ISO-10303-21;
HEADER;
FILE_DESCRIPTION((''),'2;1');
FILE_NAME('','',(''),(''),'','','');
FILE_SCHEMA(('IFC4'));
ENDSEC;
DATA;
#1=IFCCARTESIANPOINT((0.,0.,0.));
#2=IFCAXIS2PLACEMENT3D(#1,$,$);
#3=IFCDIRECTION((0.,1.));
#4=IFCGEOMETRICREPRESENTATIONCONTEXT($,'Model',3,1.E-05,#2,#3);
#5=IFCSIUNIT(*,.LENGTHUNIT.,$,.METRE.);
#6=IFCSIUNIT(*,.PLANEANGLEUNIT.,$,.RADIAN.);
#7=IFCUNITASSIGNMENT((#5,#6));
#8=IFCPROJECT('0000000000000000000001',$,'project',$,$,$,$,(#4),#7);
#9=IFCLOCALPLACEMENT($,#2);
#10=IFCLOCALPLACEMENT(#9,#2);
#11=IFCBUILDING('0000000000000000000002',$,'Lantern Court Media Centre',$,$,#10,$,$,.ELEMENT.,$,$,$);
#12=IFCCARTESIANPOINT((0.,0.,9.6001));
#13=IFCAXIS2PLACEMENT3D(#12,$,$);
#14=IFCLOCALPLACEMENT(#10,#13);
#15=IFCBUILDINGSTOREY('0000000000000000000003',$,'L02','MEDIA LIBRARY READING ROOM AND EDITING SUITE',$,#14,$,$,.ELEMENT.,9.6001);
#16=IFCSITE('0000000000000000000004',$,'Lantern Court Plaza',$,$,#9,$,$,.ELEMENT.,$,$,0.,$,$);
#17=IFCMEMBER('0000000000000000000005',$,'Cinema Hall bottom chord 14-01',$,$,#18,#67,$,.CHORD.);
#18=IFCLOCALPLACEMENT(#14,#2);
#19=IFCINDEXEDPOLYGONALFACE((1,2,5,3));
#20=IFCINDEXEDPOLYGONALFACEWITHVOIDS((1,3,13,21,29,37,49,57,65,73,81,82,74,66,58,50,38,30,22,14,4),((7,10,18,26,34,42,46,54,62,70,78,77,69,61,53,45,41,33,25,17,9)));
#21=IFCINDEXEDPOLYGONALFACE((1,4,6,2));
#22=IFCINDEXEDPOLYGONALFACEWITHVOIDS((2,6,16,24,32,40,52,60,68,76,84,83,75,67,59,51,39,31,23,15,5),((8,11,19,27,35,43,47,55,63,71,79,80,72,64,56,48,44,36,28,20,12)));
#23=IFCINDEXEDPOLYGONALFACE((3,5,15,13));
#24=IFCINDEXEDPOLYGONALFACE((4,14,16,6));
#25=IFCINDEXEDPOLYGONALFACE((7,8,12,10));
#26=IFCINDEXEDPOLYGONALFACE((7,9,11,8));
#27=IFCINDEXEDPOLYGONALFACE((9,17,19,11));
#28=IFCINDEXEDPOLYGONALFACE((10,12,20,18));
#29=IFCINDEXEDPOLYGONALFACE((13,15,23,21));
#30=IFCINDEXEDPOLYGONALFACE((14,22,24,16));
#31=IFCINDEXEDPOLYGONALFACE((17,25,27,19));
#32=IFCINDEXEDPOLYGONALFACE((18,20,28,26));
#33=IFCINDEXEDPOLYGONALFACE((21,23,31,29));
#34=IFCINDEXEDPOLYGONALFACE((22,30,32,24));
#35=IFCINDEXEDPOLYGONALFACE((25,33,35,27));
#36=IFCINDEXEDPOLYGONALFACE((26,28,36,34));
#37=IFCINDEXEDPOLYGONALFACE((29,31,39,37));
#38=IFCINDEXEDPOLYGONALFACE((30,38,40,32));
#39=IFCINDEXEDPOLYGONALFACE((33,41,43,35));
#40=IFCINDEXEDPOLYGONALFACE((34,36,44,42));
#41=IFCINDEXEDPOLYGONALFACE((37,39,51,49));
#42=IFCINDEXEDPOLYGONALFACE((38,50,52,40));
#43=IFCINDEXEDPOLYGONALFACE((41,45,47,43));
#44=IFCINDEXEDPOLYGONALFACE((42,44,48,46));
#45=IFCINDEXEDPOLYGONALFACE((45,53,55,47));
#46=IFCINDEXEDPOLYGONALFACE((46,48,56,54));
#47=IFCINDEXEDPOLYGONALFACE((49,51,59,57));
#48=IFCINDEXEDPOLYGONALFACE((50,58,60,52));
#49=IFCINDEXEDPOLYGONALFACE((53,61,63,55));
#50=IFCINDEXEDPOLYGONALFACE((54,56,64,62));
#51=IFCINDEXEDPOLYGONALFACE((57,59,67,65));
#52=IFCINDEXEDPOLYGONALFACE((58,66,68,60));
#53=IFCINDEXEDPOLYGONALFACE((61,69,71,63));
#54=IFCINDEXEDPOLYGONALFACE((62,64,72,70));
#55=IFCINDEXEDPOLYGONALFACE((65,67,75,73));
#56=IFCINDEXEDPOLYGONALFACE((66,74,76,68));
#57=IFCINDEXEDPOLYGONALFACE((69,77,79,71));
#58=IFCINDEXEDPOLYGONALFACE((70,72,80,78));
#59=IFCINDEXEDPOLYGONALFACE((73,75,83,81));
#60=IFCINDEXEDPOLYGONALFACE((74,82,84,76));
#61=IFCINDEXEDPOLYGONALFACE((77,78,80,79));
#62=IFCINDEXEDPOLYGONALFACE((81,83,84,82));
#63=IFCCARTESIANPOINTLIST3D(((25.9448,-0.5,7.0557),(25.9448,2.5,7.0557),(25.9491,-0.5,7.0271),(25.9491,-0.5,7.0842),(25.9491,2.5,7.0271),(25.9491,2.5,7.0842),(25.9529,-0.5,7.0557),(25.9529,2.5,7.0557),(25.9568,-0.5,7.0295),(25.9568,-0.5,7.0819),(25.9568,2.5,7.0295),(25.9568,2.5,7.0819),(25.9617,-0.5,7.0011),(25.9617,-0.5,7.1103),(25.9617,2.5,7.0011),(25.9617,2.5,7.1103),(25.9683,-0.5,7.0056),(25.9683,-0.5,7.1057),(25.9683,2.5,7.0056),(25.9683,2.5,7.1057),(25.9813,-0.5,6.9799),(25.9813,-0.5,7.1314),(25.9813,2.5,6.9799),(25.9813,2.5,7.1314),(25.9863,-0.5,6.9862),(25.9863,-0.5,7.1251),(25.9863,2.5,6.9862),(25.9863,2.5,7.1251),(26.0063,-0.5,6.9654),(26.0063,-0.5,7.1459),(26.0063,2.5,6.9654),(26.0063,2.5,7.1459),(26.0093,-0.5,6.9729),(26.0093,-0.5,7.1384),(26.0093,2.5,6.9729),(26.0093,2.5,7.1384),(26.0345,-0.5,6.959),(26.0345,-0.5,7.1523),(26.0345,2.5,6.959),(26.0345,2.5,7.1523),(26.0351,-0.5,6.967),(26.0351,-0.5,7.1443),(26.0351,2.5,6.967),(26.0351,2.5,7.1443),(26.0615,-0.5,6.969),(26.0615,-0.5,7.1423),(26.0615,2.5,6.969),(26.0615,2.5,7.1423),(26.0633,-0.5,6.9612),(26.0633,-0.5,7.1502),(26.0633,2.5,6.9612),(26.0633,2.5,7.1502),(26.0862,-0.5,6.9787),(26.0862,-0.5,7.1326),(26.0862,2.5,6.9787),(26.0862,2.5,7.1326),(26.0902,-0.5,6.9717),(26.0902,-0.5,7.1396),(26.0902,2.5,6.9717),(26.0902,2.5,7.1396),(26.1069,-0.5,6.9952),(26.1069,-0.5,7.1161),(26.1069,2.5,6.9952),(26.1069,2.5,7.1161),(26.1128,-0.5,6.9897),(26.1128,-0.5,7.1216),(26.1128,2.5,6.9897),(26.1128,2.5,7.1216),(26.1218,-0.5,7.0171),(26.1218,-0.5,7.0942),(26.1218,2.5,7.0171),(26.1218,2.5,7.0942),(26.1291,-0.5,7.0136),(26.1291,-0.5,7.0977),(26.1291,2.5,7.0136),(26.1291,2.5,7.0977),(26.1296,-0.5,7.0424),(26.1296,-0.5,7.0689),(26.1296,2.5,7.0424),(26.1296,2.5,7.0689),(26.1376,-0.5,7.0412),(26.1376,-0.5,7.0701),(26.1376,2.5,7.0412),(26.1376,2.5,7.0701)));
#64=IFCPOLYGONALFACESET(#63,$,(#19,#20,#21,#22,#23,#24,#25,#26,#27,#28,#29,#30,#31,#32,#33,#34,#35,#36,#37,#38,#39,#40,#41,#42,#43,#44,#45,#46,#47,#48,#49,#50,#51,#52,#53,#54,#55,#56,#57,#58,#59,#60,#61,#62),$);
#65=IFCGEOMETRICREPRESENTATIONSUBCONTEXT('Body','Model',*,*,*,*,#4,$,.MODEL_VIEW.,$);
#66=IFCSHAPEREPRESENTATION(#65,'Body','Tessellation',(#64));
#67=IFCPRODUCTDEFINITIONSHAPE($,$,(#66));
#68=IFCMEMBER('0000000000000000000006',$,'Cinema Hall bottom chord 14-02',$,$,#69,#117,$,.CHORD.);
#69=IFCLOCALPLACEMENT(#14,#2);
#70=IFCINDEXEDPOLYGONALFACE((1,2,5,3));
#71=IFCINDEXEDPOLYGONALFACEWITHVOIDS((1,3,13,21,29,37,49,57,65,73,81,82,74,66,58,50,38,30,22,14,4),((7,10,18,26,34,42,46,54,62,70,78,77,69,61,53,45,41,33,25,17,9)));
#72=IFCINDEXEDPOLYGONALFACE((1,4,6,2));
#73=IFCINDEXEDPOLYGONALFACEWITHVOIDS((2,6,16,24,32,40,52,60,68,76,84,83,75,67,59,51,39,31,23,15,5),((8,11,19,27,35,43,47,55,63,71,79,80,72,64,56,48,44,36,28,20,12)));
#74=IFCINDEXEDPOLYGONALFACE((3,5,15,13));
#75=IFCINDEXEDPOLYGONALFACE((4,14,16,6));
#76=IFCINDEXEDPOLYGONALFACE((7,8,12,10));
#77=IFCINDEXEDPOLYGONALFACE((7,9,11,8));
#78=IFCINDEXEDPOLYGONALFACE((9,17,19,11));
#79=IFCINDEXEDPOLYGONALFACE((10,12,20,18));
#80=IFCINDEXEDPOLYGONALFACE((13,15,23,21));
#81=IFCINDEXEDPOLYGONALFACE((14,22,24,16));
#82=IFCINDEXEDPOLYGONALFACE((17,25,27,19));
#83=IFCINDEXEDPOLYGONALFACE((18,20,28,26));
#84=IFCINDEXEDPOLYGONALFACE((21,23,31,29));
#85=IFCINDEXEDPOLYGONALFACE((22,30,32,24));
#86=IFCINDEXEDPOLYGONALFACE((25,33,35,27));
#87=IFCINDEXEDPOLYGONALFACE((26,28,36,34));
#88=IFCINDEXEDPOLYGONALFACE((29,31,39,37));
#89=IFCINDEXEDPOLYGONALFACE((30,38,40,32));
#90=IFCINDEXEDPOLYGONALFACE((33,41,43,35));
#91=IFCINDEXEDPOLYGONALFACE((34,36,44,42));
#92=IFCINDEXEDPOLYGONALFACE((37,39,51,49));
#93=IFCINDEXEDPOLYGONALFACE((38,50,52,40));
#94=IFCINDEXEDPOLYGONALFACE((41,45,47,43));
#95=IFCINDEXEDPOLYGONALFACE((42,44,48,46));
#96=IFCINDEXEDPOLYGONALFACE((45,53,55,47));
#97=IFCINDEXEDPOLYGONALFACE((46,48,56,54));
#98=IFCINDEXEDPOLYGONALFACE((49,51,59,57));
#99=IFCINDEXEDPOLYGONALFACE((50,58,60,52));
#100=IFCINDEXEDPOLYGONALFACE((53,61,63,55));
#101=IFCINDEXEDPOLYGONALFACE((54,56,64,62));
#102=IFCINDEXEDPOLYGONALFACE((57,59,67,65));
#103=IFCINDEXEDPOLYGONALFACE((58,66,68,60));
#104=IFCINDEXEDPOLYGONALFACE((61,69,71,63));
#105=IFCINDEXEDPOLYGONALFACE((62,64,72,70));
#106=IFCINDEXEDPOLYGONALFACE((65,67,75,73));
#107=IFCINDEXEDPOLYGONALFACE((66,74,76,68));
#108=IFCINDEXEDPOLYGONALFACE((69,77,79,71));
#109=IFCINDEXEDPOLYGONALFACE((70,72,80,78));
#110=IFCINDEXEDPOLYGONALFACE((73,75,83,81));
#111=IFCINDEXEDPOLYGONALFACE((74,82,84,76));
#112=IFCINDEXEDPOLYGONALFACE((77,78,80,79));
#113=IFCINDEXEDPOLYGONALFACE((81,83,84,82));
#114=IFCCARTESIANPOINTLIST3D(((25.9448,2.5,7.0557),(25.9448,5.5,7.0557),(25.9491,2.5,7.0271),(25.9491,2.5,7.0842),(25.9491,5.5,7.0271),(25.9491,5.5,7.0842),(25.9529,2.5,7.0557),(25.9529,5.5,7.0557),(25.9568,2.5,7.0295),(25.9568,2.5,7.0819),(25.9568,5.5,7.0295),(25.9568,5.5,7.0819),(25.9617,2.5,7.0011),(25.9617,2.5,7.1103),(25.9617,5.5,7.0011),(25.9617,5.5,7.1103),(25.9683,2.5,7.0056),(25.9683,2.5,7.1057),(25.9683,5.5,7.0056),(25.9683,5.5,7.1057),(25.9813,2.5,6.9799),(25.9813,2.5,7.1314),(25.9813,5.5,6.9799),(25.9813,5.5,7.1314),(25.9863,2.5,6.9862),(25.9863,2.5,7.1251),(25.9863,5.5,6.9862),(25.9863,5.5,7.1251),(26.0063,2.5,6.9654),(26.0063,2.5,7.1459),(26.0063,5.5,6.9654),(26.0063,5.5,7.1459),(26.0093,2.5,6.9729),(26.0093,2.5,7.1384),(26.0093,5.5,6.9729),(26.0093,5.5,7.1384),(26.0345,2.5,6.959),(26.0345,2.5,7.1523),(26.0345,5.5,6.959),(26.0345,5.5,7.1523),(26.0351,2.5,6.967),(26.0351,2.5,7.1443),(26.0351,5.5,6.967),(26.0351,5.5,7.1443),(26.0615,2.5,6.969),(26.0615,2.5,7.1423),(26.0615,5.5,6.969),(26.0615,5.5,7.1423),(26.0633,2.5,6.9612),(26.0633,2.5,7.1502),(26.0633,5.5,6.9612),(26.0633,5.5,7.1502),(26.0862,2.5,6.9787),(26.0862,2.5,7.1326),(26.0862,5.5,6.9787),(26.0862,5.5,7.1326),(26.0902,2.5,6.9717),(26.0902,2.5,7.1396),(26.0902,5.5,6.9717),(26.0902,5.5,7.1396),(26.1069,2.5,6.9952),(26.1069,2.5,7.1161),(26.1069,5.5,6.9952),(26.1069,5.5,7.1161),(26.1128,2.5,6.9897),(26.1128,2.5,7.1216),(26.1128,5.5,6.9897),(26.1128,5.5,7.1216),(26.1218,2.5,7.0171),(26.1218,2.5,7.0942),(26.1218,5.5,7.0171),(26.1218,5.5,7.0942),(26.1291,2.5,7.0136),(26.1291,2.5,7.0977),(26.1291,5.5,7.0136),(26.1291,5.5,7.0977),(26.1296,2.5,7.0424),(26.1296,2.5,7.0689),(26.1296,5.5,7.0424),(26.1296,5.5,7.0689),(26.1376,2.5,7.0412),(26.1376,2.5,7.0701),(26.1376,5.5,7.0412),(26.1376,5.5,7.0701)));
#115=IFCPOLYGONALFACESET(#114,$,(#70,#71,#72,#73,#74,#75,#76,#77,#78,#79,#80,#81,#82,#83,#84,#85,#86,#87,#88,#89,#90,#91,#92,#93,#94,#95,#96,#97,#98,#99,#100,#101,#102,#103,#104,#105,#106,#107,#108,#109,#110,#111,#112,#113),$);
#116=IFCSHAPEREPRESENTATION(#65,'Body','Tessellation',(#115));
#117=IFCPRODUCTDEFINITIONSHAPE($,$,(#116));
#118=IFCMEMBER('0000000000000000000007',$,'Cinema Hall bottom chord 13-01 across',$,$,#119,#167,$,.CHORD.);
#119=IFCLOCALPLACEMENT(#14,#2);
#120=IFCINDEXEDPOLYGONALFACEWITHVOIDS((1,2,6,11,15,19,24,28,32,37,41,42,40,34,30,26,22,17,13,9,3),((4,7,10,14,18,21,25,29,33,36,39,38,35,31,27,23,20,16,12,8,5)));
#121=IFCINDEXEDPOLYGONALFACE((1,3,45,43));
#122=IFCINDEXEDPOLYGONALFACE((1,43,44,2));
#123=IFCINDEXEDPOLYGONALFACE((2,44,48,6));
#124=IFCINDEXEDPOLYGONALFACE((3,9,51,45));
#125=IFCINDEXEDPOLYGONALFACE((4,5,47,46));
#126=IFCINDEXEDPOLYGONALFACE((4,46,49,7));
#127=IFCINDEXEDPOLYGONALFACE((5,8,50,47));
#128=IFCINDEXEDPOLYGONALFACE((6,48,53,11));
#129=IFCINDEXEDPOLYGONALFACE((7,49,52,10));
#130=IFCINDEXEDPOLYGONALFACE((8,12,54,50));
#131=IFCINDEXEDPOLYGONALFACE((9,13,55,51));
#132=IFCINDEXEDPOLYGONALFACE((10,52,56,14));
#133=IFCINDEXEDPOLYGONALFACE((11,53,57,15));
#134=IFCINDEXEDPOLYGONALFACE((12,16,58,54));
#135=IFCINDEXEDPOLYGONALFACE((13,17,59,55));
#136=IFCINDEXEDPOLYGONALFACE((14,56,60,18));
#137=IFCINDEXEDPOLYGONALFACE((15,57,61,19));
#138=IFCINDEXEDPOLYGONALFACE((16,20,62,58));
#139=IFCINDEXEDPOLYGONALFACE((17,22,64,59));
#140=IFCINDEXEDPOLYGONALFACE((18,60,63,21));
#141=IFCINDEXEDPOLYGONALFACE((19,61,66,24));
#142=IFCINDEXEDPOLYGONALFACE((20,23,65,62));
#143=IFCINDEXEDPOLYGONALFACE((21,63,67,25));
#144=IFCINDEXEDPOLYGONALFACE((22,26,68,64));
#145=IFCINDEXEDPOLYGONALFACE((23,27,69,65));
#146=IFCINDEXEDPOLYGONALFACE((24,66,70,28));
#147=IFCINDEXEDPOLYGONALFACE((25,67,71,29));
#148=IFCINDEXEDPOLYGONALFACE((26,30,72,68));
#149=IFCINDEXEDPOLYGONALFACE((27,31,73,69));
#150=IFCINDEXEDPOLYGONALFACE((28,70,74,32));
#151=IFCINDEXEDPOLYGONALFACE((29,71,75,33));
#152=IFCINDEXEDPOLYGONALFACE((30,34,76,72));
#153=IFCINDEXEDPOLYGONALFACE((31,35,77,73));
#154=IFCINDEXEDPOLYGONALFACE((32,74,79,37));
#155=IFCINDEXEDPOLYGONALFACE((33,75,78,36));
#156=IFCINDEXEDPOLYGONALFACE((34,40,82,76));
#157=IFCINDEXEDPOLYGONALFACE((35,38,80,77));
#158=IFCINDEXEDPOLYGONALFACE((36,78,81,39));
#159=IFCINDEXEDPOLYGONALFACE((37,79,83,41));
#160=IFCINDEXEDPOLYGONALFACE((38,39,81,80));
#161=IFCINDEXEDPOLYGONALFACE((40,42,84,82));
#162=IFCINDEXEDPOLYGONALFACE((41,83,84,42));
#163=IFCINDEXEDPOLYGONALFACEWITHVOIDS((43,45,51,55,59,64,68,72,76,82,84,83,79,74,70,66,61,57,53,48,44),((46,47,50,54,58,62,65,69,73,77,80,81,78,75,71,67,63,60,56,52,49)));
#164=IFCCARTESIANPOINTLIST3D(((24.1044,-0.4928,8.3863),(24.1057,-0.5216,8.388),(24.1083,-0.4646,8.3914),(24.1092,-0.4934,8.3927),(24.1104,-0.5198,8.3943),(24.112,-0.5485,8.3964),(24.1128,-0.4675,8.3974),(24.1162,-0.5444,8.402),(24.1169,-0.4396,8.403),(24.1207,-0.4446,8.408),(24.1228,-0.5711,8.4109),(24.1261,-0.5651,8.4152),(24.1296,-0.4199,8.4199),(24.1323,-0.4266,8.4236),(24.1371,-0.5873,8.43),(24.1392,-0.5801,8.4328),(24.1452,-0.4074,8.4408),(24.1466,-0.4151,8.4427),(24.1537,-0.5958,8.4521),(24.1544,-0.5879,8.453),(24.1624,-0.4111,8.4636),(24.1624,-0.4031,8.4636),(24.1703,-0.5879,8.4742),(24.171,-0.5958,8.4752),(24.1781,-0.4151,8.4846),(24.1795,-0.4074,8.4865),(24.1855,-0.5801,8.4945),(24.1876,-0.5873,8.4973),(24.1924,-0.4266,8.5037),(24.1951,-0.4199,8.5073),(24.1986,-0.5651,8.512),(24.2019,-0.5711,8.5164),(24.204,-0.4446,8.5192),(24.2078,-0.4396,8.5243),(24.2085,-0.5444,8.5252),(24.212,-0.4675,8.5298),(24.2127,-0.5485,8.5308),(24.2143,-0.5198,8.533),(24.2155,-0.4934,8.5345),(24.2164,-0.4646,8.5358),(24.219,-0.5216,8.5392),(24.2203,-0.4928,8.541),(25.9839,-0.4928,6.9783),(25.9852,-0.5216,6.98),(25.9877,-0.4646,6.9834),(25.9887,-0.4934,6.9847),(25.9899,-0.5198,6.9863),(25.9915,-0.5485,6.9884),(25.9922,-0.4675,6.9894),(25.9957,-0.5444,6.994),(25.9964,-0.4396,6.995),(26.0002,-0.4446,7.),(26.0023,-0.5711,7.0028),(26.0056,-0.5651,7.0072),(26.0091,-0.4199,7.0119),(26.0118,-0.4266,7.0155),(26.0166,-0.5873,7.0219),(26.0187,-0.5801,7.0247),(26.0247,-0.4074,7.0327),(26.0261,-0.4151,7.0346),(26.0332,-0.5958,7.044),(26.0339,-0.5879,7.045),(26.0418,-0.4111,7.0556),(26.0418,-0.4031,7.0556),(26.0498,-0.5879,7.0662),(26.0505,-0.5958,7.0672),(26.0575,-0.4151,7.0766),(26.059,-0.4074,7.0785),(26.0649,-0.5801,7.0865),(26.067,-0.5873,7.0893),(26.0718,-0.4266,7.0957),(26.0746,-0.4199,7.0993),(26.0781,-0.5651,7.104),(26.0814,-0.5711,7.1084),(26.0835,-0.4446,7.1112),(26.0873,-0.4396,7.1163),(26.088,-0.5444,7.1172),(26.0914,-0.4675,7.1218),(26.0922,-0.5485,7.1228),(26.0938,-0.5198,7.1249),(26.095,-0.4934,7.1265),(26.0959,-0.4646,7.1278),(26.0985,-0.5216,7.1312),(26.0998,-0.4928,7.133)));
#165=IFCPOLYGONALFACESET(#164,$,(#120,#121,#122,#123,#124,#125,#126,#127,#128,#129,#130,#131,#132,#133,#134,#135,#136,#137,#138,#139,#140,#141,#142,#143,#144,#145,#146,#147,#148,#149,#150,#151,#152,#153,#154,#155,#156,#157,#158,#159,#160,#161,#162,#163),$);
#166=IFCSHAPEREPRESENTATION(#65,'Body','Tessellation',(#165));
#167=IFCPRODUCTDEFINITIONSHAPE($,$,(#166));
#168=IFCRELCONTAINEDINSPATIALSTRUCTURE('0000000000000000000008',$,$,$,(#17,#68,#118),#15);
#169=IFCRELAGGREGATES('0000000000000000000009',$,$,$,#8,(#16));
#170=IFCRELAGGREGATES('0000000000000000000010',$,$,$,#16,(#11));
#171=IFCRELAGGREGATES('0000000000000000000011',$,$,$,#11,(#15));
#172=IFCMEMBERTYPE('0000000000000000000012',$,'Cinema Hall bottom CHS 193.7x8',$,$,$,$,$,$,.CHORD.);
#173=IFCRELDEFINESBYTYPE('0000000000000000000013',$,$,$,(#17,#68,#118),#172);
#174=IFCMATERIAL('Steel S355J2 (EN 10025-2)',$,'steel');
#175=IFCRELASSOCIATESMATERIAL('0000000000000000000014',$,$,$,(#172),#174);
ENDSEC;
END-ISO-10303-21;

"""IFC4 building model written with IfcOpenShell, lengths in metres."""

from ifc_helpers import new_model, si_unit, direction, frame, origin, origin_2d, place, context, subcontext, project, spatial, hollow_circle, extrude, material, material_profile, profile_set, type_object, element, save


model = new_model("IFC4")

# Units and contexts
model_context = context("Model", 3, precision=1e-05, world=origin(), true_north=direction((0.0, 1.0)))
body_context = subcontext(model_context, "Body", "Model", "MODEL_VIEW")
ifc_project = project(units=[si_unit("LENGTHUNIT", "METRE"), si_unit("PLANEANGLEUNIT", "RADIAN")], contexts=[model_context])

# Site, building, storey
site_placement = place(None, origin())
site = spatial("IfcSite", under=ifc_project, at=site_placement, Name="Lantern Court Plaza", CompositionType="ELEMENT", RefElevation=0.0)
building_placement = place(site_placement, origin())
building = spatial("IfcBuilding", under=site, at=building_placement, Name="Lantern Court Media Centre", CompositionType="ELEMENT")
storey_placement = place(building_placement, frame((0.0, 0.0, 9.6001)))
storey = spatial("IfcBuildingStorey", under=building, at=storey_placement, Name="L02", Description="MEDIA LIBRARY READING ROOM AND EDITING SUITE", CompositionType="ELEMENT", Elevation=9.6001)

# Members
ifc_material_1 = material(Name="Steel S355J2 (EN 10025-2)", Category="steel")
ifc_material_profile_1 = material_profile(ifc_material_1, hollow_circle(Radius=0.0969, WallThickness=0.0081, at=origin_2d()), Name="Cinema Hall bottom CHS 193.7x8")
ifc_profile_set_1 = profile_set([ifc_material_profile_1], Name="Steel S355J2 (EN 10025-2)")
member_type_1 = type_object("IfcMemberType", Name="Cinema Hall bottom CHS 193.7x8", PredefinedType="CHORD", material=ifc_profile_set_1)
for number, where, z_axis, x_axis, name in (
    (1, (26.0417, -0.5, 7.0557), (0.0, 1.0, 0.0), (-1.0, 0.0, 0.0), "Cinema Hall bottom chord 14-01"),
    (2, (26.0417, 2.5, 7.0557), (0.0, 1.0, 0.0), (-1.0, 0.0, 0.0), "Cinema Hall bottom chord 14-02"),
):
    element("IfcMember", number, at=place(storey_placement, frame(where, z_axis=z_axis, x_axis=x_axis)), inside=storey, type_object=member_type_1, Name=name, PredefinedType="CHORD", context=body_context, shape_type="SweptSolid", body=[
        extrude(hollow_circle(Radius=0.0969, WallThickness=0.0081, at=origin_2d()), origin(), (0.0, 0.0, 1.0), 3.0),
    ])
member_1_placement = place(storey_placement, frame((24.1624, -0.5, 8.4636), z_axis=(0.800324, 0.0, -0.599567), x_axis=(0.0, 1.0, 0.0)))
element("IfcMember", 3, at=member_1_placement, inside=storey, type_object=member_type_1, Name="Cinema Hall bottom chord 13-01 across", PredefinedType="CHORD", context=body_context, shape_type="SweptSolid", body=[
    extrude(hollow_circle(Radius=0.0969, WallThickness=0.0081, at=origin_2d()), origin(), (0.0, 0.0, 1.0), 2.3484),
])

save(model, "model.ifc")
